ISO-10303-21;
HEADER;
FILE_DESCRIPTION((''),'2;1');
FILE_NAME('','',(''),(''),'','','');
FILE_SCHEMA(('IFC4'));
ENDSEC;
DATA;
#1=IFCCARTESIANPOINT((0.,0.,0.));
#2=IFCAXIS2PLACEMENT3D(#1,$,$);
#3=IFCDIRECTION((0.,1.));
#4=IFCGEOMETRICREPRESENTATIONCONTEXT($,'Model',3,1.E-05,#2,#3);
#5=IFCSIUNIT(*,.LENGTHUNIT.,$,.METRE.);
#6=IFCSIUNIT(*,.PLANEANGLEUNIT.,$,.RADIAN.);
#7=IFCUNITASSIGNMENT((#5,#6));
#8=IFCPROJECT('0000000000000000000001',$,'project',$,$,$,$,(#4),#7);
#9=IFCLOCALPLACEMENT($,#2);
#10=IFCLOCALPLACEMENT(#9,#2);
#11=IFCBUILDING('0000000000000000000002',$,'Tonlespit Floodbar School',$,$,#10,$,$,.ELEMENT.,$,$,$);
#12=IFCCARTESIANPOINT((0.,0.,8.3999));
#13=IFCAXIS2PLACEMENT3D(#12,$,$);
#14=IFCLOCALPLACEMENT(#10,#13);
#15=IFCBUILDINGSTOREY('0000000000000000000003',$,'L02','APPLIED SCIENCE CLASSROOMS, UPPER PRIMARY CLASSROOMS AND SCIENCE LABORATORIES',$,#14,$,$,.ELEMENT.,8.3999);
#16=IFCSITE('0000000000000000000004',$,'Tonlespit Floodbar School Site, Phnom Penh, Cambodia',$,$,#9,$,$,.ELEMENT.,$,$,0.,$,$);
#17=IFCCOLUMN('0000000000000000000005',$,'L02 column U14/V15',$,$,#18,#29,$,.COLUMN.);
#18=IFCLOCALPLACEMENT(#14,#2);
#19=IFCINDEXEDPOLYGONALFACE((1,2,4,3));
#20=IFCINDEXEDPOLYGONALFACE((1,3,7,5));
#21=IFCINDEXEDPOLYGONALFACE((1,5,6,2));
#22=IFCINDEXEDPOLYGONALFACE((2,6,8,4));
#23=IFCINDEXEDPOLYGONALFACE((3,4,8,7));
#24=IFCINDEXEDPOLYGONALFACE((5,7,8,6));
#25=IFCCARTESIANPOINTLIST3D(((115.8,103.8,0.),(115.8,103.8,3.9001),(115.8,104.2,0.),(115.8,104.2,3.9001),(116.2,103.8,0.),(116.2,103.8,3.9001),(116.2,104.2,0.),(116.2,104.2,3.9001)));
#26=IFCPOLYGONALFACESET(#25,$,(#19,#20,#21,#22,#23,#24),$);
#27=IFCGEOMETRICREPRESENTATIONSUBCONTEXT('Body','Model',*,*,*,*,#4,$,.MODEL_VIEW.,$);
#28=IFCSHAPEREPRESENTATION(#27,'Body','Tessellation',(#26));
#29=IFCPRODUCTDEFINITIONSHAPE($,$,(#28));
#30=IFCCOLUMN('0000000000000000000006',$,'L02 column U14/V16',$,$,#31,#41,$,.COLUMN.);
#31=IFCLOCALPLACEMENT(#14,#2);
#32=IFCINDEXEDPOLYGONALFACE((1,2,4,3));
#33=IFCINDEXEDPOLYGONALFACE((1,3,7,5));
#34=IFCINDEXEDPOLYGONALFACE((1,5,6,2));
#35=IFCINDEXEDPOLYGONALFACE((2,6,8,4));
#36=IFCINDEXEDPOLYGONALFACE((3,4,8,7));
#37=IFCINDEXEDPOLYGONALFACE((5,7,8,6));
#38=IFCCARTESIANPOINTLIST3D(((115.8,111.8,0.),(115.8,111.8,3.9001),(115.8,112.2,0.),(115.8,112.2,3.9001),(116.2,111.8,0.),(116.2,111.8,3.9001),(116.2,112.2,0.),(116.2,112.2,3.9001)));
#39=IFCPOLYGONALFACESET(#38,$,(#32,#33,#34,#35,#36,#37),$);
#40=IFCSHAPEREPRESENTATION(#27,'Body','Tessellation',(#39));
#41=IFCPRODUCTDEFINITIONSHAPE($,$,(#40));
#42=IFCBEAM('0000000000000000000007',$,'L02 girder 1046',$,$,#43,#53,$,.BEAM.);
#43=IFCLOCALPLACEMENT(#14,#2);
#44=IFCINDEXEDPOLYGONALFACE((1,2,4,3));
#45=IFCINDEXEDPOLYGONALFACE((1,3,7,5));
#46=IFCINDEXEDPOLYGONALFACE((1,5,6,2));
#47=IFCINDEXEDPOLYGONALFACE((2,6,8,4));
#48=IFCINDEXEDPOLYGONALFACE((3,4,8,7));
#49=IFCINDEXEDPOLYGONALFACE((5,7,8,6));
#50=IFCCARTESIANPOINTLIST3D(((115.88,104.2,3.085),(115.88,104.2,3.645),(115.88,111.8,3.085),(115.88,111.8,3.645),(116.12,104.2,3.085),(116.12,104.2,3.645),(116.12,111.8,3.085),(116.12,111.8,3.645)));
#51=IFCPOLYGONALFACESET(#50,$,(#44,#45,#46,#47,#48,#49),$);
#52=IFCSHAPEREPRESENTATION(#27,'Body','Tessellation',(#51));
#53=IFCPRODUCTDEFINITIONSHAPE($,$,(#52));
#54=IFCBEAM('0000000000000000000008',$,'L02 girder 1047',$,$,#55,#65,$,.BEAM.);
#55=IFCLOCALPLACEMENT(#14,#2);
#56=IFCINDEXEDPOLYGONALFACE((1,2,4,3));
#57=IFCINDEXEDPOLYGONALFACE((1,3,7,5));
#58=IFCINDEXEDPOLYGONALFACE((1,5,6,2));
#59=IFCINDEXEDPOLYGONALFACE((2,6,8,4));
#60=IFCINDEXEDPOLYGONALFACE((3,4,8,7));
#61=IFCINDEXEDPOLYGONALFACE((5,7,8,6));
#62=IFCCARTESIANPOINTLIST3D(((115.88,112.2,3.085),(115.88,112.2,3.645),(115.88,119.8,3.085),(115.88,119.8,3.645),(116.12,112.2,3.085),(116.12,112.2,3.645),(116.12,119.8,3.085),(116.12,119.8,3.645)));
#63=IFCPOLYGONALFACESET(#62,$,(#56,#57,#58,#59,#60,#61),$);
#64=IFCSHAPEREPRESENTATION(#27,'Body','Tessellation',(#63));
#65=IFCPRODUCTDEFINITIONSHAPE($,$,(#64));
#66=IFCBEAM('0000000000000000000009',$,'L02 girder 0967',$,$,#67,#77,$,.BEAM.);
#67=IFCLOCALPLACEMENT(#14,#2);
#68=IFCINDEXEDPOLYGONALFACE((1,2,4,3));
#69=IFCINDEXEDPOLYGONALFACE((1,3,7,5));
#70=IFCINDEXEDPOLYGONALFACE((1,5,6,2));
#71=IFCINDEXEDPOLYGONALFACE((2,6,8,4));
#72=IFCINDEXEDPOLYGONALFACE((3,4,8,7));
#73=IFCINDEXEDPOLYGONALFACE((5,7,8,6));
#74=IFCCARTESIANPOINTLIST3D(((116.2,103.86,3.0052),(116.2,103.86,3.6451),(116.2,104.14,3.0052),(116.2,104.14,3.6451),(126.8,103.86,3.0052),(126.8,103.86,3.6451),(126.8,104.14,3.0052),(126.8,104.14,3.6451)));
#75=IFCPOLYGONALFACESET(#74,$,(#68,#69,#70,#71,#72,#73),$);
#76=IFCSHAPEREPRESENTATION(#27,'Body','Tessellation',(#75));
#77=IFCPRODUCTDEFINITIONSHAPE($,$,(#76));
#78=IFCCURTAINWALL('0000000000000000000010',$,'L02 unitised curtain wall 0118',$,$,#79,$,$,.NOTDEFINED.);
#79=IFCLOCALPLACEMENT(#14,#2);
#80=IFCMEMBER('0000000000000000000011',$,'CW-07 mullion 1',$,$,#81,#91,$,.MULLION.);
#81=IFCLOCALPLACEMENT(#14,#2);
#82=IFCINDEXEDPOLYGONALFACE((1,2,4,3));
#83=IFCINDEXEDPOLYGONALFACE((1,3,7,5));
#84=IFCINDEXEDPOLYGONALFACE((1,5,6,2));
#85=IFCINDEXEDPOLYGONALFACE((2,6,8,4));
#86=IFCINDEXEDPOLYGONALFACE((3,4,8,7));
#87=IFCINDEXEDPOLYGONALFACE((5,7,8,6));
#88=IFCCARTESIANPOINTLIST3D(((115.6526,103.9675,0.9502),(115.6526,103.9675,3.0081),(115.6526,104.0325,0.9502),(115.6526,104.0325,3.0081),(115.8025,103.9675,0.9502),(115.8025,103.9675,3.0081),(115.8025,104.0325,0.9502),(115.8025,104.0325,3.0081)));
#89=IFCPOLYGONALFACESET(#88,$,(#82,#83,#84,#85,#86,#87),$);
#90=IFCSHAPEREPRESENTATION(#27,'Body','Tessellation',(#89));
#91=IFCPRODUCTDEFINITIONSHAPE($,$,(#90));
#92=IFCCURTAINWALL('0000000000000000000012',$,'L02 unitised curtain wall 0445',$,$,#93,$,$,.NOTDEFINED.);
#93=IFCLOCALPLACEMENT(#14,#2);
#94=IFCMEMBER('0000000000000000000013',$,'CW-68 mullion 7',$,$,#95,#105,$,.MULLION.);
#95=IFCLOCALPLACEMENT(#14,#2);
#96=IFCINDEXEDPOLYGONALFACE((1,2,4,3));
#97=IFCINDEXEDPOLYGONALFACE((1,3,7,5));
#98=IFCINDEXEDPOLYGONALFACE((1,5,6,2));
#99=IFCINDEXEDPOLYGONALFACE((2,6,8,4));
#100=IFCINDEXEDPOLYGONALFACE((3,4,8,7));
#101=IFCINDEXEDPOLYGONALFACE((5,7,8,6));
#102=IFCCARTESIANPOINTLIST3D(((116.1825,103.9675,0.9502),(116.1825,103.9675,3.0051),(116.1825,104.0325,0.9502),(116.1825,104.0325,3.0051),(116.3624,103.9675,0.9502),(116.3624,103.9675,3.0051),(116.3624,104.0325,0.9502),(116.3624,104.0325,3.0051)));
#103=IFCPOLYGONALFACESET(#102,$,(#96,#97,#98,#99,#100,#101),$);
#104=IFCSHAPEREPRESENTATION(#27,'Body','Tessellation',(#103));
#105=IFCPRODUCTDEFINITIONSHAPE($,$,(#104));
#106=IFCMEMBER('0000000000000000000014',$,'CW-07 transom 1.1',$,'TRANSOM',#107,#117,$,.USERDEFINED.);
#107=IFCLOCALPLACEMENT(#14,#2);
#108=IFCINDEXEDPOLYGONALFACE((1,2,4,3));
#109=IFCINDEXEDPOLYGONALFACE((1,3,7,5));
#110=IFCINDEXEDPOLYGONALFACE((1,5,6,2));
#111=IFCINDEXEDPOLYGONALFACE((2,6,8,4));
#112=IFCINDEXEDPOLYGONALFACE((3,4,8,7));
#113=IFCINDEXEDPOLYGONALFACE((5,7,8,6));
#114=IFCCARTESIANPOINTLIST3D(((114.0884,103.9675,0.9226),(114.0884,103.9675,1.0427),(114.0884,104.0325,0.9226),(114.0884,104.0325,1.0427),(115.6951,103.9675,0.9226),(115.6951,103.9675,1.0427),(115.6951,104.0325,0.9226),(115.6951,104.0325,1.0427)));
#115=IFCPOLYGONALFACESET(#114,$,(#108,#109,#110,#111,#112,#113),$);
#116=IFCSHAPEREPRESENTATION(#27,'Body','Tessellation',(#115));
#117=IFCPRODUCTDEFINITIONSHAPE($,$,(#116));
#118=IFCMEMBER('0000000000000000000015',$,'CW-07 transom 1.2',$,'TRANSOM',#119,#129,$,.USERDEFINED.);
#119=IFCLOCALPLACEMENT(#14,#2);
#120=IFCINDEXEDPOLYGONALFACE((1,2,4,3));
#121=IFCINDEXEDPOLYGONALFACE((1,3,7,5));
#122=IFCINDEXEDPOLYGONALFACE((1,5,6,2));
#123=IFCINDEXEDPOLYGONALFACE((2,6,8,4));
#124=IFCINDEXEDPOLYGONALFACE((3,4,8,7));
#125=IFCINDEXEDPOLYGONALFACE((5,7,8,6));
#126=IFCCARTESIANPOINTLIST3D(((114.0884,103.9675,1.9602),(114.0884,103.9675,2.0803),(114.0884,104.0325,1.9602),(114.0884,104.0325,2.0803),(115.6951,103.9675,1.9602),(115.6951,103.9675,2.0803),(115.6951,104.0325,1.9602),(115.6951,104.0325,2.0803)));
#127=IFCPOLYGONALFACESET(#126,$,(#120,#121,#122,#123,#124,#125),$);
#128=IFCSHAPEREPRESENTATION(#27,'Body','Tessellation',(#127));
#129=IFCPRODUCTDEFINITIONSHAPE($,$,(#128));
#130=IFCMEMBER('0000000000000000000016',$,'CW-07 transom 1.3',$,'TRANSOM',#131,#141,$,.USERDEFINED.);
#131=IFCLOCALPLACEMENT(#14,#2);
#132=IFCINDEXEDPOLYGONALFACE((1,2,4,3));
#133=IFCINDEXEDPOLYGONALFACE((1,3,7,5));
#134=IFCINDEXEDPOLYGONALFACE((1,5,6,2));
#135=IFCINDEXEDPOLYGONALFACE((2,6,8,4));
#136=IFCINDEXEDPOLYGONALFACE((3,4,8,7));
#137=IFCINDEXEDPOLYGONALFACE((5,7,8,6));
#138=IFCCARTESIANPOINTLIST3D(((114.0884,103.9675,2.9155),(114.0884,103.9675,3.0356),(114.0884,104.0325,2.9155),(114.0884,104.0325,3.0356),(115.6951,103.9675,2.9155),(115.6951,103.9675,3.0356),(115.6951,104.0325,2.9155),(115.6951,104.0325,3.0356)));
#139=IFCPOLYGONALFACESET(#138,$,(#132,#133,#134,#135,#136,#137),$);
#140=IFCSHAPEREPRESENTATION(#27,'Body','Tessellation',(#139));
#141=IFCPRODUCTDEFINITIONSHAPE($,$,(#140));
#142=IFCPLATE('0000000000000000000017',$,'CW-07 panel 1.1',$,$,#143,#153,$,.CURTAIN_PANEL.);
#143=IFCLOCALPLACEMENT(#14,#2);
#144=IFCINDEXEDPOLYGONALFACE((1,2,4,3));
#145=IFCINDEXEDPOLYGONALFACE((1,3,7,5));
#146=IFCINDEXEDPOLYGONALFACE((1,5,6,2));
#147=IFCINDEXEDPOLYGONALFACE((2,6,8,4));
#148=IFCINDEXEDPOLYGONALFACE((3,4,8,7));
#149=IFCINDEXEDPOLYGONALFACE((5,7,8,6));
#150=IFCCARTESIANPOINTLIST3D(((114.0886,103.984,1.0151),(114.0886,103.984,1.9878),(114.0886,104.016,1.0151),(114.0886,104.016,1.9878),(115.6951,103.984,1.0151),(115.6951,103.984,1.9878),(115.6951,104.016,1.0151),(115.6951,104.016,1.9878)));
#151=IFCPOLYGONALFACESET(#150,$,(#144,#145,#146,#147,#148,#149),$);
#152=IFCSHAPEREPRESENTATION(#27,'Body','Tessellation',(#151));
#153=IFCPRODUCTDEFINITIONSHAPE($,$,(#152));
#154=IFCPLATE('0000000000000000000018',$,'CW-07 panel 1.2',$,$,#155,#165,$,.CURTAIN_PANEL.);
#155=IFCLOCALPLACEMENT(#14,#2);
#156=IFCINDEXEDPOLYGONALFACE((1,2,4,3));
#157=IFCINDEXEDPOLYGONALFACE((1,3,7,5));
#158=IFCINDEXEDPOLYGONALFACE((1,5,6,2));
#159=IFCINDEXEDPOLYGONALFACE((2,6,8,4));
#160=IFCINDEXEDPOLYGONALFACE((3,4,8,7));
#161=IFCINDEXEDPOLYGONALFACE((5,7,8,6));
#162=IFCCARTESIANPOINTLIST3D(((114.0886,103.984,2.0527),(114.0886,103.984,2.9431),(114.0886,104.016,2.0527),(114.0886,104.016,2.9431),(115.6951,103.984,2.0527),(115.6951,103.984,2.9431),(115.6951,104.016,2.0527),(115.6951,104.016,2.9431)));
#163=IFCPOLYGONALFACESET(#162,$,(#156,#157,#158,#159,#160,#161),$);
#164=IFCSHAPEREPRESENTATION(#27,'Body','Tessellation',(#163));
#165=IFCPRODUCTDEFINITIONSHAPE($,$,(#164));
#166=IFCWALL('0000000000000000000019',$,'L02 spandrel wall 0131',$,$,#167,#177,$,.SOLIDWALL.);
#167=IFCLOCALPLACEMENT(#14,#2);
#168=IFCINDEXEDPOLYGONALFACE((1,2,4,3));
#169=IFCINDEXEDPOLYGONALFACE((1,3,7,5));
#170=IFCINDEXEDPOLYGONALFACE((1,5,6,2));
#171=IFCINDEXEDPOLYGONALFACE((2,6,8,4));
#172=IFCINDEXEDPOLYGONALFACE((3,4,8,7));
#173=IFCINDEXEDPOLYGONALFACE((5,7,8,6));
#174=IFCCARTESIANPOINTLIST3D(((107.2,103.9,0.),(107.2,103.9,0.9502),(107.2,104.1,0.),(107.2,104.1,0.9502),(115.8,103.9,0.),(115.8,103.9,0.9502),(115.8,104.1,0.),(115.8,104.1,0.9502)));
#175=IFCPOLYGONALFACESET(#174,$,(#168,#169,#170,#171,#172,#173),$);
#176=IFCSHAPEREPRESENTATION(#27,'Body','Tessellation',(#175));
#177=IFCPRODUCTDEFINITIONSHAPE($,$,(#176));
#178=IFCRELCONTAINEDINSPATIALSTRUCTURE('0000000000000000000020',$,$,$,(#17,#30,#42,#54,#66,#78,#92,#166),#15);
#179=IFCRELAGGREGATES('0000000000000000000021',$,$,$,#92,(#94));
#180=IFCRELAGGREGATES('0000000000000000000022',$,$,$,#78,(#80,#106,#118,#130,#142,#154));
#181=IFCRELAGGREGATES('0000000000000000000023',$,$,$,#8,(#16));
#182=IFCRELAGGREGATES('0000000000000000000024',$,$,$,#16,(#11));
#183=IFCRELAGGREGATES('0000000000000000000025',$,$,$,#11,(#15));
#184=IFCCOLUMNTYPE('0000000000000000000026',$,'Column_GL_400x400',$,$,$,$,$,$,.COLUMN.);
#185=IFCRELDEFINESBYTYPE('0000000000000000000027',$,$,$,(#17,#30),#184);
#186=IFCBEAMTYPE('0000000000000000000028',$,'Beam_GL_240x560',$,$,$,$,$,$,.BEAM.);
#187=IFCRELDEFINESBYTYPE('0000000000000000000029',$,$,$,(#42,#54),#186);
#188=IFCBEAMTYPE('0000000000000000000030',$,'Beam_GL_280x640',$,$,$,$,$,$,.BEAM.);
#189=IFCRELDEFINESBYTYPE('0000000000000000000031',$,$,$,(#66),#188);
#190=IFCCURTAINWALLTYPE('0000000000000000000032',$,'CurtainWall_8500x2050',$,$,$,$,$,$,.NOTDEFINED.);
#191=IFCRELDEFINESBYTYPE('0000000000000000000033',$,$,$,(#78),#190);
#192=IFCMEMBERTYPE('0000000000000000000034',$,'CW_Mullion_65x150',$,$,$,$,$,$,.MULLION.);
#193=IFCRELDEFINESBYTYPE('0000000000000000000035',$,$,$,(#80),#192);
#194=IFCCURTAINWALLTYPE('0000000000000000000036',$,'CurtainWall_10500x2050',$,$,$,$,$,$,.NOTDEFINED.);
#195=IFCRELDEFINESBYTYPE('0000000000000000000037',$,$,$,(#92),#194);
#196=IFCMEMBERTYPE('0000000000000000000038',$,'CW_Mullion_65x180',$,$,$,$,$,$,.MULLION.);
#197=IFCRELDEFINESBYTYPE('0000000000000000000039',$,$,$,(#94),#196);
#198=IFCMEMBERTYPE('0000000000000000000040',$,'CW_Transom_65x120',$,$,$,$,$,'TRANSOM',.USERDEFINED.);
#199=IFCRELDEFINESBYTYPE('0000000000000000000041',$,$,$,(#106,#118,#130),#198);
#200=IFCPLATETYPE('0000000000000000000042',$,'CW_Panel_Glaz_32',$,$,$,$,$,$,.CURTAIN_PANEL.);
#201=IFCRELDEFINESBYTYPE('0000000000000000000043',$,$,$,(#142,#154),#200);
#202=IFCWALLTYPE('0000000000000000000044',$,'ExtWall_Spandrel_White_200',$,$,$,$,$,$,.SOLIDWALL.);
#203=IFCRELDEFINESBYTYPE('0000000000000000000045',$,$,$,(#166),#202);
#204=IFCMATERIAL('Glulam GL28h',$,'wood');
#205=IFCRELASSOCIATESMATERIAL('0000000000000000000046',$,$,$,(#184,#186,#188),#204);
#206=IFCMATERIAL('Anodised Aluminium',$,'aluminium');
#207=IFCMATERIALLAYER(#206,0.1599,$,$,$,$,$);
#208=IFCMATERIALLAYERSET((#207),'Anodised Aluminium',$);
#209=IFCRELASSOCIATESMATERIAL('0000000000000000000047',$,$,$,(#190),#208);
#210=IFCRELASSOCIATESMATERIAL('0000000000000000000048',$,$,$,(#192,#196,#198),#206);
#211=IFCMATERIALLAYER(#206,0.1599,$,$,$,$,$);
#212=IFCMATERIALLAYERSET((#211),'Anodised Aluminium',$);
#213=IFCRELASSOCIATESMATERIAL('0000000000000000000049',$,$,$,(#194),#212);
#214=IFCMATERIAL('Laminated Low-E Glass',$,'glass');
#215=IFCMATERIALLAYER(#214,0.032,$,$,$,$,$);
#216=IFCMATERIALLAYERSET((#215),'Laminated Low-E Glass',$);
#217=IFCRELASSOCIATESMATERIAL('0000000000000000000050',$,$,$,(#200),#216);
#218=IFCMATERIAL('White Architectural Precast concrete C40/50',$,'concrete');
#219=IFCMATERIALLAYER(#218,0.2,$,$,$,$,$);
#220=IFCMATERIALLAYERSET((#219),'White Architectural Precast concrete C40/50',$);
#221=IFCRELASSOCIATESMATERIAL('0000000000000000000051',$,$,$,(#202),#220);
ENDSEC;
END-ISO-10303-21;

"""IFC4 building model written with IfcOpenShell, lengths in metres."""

from ifc_helpers import new_model, si_unit, direction, frame, frame_2d, origin, origin_2d, place, context, subcontext, project, spatial, rectangle, extrude, material, layer, layer_set, material_profile, profile_set, type_object, element, aggregate, save


model = new_model("IFC4")

# Units and contexts
model_context = context("Model", 3, precision=1e-05, world=origin(), true_north=direction((0.0, 1.0)))
body_context = subcontext(model_context, "Body", "Model", "MODEL_VIEW")
ifc_project = project(units=[si_unit("LENGTHUNIT", "METRE"), si_unit("PLANEANGLEUNIT", "RADIAN")], contexts=[model_context])

# Site, building, storey
site_placement = place(None, origin())
site = spatial("IfcSite", under=ifc_project, at=site_placement, Name="Tonlespit Floodbar School Site, Phnom Penh, Cambodia", CompositionType="ELEMENT", RefElevation=0.0)
building_placement = place(site_placement, origin())
building = spatial("IfcBuilding", under=site, at=building_placement, Name="Tonlespit Floodbar School", CompositionType="ELEMENT")
storey_placement = place(building_placement, frame((0.0, 0.0, 8.3999)))
storey = spatial("IfcBuildingStorey", under=building, at=storey_placement, Name="L02", Description="APPLIED SCIENCE CLASSROOMS, UPPER PRIMARY CLASSROOMS AND SCIENCE LABORATORIES", CompositionType="ELEMENT", Elevation=8.3999)

# Columns
ifc_material_1 = material(Name="Glulam GL28h", Category="wood")
ifc_material_profile_1 = material_profile(ifc_material_1, rectangle(XDim=0.3999, YDim=0.3999, at=origin_2d()), Name="GL 400x400")
ifc_profile_set_1 = profile_set([ifc_material_profile_1], Name="Glulam GL28h")
column_type = type_object("IfcColumnType", Name="Column_GL_400x400", PredefinedType="COLUMN", material=ifc_profile_set_1)
for number, where, z_axis, x_axis, name in (
    (1, (116.0, 104.0, 0.0), (0.0, 0.0, 1.0), (1.0, 0.0, 0.0), "L02 column U14/V15"),
    (2, (116.0, 112.0, 0.0), (0.0, 0.0, 1.0), (1.0, 0.0, 0.0), "L02 column U14/V16"),
):
    element("IfcColumn", number, at=place(storey_placement, frame(where, z_axis=z_axis, x_axis=x_axis)), inside=storey, type_object=column_type, Name=name, PredefinedType="COLUMN", context=body_context, shape_type="SweptSolid", body=[
        extrude(rectangle(XDim=0.3999, YDim=0.3999, at=origin_2d()), origin(), (0.0, 0.0, 1.0), 3.9001),
    ])

# Beams
ifc_material_profile_2 = material_profile(ifc_material_1, rectangle(XDim=0.24, YDim=0.5601, at=origin_2d()), Name="GL 240x560")
ifc_profile_set_2 = profile_set([ifc_material_profile_2], Name="Glulam GL28h")
beam_type_1 = type_object("IfcBeamType", Name="Beam_GL_240x560", PredefinedType="BEAM", material=ifc_profile_set_2)
for number, where, z_axis, x_axis, name in (
    (3, (116.0, 104.2, 3.365), (0.0, 1.0, 0.0), (-1.0, 0.0, 0.0), "L02 girder 1046"),
    (4, (116.0, 112.2, 3.365), (0.0, 1.0, 0.0), (-1.0, 0.0, 0.0), "L02 girder 1047"),
):
    element("IfcBeam", number, at=place(storey_placement, frame(where, z_axis=z_axis, x_axis=x_axis)), inside=storey, type_object=beam_type_1, Name=name, PredefinedType="BEAM", context=body_context, shape_type="SweptSolid", body=[
        extrude(rectangle(XDim=0.24, YDim=0.5601, at=origin_2d()), origin(), (0.0, 0.0, 1.0), 7.6001),
    ])
ifc_material_profile_3 = material_profile(ifc_material_1, rectangle(XDim=0.28, YDim=0.6399, at=origin_2d()), Name="GL 280x640")
ifc_profile_set_3 = profile_set([ifc_material_profile_3], Name="Glulam GL28h")
beam_type_2 = type_object("IfcBeamType", Name="Beam_GL_280x640", PredefinedType="BEAM", material=ifc_profile_set_3)
beam_placement = place(storey_placement, frame((116.2, 104.0, 3.3252), z_axis=(1.0, 0.0, 0.0), x_axis=(0.0, 1.0, 0.0)))
element("IfcBeam", 5, at=beam_placement, inside=storey, type_object=beam_type_2, Name="L02 girder 0967", PredefinedType="BEAM", context=body_context, shape_type="SweptSolid", body=[
    extrude(rectangle(XDim=0.28, YDim=0.6399, at=origin_2d()), origin(), (0.0, 0.0, 1.0), 10.6001),
])

# Curtain walls, members
ifc_material_2 = material(Name="Anodised Aluminium", Category="aluminium")
ifc_layer_1 = layer(ifc_material_2, 0.1599)
ifc_layer_set_1 = layer_set([ifc_layer_1], Name="Anodised Aluminium")
curtain_wall_type_1 = type_object("IfcCurtainWallType", Name="CurtainWall_8500x2050", PredefinedType="NOTDEFINED", material=ifc_layer_set_1)
curtain_wall_1_placement = place(storey_placement, origin())
curtain_wall_1 = element("IfcCurtainWall", 6, at=curtain_wall_1_placement, inside=storey, type_object=curtain_wall_type_1, Name="L02 unitised curtain wall 0118", PredefinedType="NOTDEFINED")
ifc_material_profile_4 = material_profile(ifc_material_2, rectangle(XDim=0.0649, YDim=0.1499, at=origin_2d()), Name="ALU M65x150")
ifc_profile_set_4 = profile_set([ifc_material_profile_4], Name="Anodised Aluminium")
member_type_1 = type_object("IfcMemberType", Name="CW_Mullion_65x150", PredefinedType="MULLION", material=ifc_profile_set_4)
member_1_placement = place(storey_placement, frame((115.7275, 104.0, 0.9502), z_axis=(0.0, 0.0, 1.0), x_axis=(0.0, -1.0, 0.0)))
member_1 = element("IfcMember", 7, at=member_1_placement, type_object=member_type_1, Name="CW-07 mullion 1", PredefinedType="MULLION", context=body_context, shape_type="SweptSolid", body=[
    extrude(rectangle(XDim=0.0649, YDim=0.1499, at=origin_2d()), origin(), (0.0, 0.0, 1.0), 2.0579),
])
ifc_layer_2 = layer(ifc_material_2, 0.1599)
ifc_layer_set_2 = layer_set([ifc_layer_2], Name="Anodised Aluminium")
curtain_wall_type_2 = type_object("IfcCurtainWallType", Name="CurtainWall_10500x2050", PredefinedType="NOTDEFINED", material=ifc_layer_set_2)
curtain_wall_2_placement = place(storey_placement, origin())
curtain_wall_2 = element("IfcCurtainWall", 8, at=curtain_wall_2_placement, inside=storey, type_object=curtain_wall_type_2, Name="L02 unitised curtain wall 0445", PredefinedType="NOTDEFINED")
ifc_material_profile_5 = material_profile(ifc_material_2, rectangle(XDim=0.0649, YDim=0.1799, at=origin_2d()), Name="ALU M65x180")
ifc_profile_set_5 = profile_set([ifc_material_profile_5], Name="Anodised Aluminium")
member_type_2 = type_object("IfcMemberType", Name="CW_Mullion_65x180", PredefinedType="MULLION", material=ifc_profile_set_5)
member_2_placement = place(storey_placement, frame((116.2725, 104.0, 0.9502), z_axis=(0.0, 0.0, 1.0), x_axis=(0.0, -1.0, 0.0)))
member_2 = element("IfcMember", 9, at=member_2_placement, type_object=member_type_2, Name="CW-68 mullion 7", PredefinedType="MULLION", context=body_context, shape_type="SweptSolid", body=[
    extrude(rectangle(XDim=0.0649, YDim=0.1799, at=origin_2d()), origin(), (0.0, 0.0, 1.0), 2.0549),
])
aggregate(curtain_wall_2, [member_2])

# Members
ifc_material_profile_6 = material_profile(ifc_material_2, rectangle(XDim=0.0649, YDim=0.1201, at=origin_2d()), Name="ALU T65x120")
ifc_profile_set_6 = profile_set([ifc_material_profile_6], Name="Anodised Aluminium")
member_type_3 = type_object("IfcMemberType", Name="CW_Transom_65x120", ElementType="TRANSOM", PredefinedType="USERDEFINED", material=ifc_profile_set_6)
member_3_placement = place(storey_placement, frame((115.6951, 104.0, 0.9827), z_axis=(-1.0, 0.0, 0.0), x_axis=(0.0, -1.0, 0.0)))
member_3 = element("IfcMember", 10, at=member_3_placement, type_object=member_type_3, Name="CW-07 transom 1.1", ObjectType="TRANSOM", PredefinedType="USERDEFINED", context=body_context, shape_type="SweptSolid", body=[
    extrude(rectangle(XDim=0.0649, YDim=0.1201, at=origin_2d()), origin(), (0.0, 0.0, 1.0), 1.6067),
])
member_4_placement = place(storey_placement, frame((115.6951, 104.0, 2.0203), z_axis=(-1.0, 0.0, 0.0), x_axis=(0.0, -1.0, 0.0)))
member_4 = element("IfcMember", 11, at=member_4_placement, type_object=member_type_3, Name="CW-07 transom 1.2", ObjectType="TRANSOM", PredefinedType="USERDEFINED", context=body_context, shape_type="SweptSolid", body=[
    extrude(rectangle(XDim=0.0649, YDim=0.1201, at=origin_2d()), origin(), (0.0, 0.0, 1.0), 1.6067),
])
member_5_placement = place(storey_placement, frame((115.6951, 104.0, 2.9756), z_axis=(-1.0, 0.0, 0.0), x_axis=(0.0, -1.0, 0.0)))
member_5 = element("IfcMember", 12, at=member_5_placement, type_object=member_type_3, Name="CW-07 transom 1.3", ObjectType="TRANSOM", PredefinedType="USERDEFINED", context=body_context, shape_type="SweptSolid", body=[
    extrude(rectangle(XDim=0.0649, YDim=0.1201, at=origin_2d()), origin(), (0.0, 0.0, 1.0), 1.6067),
])

# Plates
ifc_material_3 = material(Name="Laminated Low-E Glass", Category="glass")
ifc_layer_3 = layer(ifc_material_3, 0.032)
ifc_layer_set_3 = layer_set([ifc_layer_3], Name="Laminated Low-E Glass")
plate_type = type_object("IfcPlateType", Name="CW_Panel_Glaz_32", PredefinedType="CURTAIN_PANEL", material=ifc_layer_set_3)
plate_1_placement = place(storey_placement, frame((114.8918, 104.0, 1.0151), z_axis=(0.0, 0.0, 1.0), x_axis=(-1.0, 0.0, 0.0)))
plate_1 = element("IfcPlate", 13, at=plate_1_placement, type_object=plate_type, Name="CW-07 panel 1.1", PredefinedType="CURTAIN_PANEL", context=body_context, shape_type="SweptSolid", body=[
    extrude(rectangle(XDim=1.6064, YDim=0.032, at=origin_2d()), origin(), (0.0, 0.0, 1.0), 0.9727),
])
plate_2_placement = place(storey_placement, frame((114.8918, 104.0, 2.0527), z_axis=(0.0, 0.0, 1.0), x_axis=(-1.0, 0.0, 0.0)))
plate_2 = element("IfcPlate", 14, at=plate_2_placement, type_object=plate_type, Name="CW-07 panel 1.2", PredefinedType="CURTAIN_PANEL", context=body_context, shape_type="SweptSolid", body=[
    extrude(rectangle(XDim=1.6064, YDim=0.032, at=origin_2d()), origin(), (0.0, 0.0, 1.0), 0.8904),
])
aggregate(curtain_wall_1, [member_1, member_3, member_4, member_5, plate_1, plate_2])

# Wall
ifc_material_4 = material(Name="White Architectural Precast concrete C40/50", Category="concrete")
ifc_layer_4 = layer(ifc_material_4, 0.2)
ifc_layer_set_4 = layer_set([ifc_layer_4], Name="White Architectural Precast concrete C40/50")
wall_type_1 = type_object("IfcWallType", Name="ExtWall_Spandrel_White_200", PredefinedType="SOLIDWALL", material=ifc_layer_set_4)
wall_1_placement = place(storey_placement, frame((115.8, 104.0, 0.0), z_axis=(0.0, 0.0, 1.0), x_axis=(-1.0, 0.0, 0.0)))
element("IfcWall", 15, at=wall_1_placement, inside=storey, type_object=wall_type_1, Name="L02 spandrel wall 0131", PredefinedType="SOLIDWALL", context=body_context, shape_type="SweptSolid", body=[
    extrude(rectangle(XDim=8.6001, YDim=0.2, at=frame_2d((4.3, 0.0))), origin(), (0.0, 0.0, 1.0), 0.9502),
])

save(model, "model.ifc")
